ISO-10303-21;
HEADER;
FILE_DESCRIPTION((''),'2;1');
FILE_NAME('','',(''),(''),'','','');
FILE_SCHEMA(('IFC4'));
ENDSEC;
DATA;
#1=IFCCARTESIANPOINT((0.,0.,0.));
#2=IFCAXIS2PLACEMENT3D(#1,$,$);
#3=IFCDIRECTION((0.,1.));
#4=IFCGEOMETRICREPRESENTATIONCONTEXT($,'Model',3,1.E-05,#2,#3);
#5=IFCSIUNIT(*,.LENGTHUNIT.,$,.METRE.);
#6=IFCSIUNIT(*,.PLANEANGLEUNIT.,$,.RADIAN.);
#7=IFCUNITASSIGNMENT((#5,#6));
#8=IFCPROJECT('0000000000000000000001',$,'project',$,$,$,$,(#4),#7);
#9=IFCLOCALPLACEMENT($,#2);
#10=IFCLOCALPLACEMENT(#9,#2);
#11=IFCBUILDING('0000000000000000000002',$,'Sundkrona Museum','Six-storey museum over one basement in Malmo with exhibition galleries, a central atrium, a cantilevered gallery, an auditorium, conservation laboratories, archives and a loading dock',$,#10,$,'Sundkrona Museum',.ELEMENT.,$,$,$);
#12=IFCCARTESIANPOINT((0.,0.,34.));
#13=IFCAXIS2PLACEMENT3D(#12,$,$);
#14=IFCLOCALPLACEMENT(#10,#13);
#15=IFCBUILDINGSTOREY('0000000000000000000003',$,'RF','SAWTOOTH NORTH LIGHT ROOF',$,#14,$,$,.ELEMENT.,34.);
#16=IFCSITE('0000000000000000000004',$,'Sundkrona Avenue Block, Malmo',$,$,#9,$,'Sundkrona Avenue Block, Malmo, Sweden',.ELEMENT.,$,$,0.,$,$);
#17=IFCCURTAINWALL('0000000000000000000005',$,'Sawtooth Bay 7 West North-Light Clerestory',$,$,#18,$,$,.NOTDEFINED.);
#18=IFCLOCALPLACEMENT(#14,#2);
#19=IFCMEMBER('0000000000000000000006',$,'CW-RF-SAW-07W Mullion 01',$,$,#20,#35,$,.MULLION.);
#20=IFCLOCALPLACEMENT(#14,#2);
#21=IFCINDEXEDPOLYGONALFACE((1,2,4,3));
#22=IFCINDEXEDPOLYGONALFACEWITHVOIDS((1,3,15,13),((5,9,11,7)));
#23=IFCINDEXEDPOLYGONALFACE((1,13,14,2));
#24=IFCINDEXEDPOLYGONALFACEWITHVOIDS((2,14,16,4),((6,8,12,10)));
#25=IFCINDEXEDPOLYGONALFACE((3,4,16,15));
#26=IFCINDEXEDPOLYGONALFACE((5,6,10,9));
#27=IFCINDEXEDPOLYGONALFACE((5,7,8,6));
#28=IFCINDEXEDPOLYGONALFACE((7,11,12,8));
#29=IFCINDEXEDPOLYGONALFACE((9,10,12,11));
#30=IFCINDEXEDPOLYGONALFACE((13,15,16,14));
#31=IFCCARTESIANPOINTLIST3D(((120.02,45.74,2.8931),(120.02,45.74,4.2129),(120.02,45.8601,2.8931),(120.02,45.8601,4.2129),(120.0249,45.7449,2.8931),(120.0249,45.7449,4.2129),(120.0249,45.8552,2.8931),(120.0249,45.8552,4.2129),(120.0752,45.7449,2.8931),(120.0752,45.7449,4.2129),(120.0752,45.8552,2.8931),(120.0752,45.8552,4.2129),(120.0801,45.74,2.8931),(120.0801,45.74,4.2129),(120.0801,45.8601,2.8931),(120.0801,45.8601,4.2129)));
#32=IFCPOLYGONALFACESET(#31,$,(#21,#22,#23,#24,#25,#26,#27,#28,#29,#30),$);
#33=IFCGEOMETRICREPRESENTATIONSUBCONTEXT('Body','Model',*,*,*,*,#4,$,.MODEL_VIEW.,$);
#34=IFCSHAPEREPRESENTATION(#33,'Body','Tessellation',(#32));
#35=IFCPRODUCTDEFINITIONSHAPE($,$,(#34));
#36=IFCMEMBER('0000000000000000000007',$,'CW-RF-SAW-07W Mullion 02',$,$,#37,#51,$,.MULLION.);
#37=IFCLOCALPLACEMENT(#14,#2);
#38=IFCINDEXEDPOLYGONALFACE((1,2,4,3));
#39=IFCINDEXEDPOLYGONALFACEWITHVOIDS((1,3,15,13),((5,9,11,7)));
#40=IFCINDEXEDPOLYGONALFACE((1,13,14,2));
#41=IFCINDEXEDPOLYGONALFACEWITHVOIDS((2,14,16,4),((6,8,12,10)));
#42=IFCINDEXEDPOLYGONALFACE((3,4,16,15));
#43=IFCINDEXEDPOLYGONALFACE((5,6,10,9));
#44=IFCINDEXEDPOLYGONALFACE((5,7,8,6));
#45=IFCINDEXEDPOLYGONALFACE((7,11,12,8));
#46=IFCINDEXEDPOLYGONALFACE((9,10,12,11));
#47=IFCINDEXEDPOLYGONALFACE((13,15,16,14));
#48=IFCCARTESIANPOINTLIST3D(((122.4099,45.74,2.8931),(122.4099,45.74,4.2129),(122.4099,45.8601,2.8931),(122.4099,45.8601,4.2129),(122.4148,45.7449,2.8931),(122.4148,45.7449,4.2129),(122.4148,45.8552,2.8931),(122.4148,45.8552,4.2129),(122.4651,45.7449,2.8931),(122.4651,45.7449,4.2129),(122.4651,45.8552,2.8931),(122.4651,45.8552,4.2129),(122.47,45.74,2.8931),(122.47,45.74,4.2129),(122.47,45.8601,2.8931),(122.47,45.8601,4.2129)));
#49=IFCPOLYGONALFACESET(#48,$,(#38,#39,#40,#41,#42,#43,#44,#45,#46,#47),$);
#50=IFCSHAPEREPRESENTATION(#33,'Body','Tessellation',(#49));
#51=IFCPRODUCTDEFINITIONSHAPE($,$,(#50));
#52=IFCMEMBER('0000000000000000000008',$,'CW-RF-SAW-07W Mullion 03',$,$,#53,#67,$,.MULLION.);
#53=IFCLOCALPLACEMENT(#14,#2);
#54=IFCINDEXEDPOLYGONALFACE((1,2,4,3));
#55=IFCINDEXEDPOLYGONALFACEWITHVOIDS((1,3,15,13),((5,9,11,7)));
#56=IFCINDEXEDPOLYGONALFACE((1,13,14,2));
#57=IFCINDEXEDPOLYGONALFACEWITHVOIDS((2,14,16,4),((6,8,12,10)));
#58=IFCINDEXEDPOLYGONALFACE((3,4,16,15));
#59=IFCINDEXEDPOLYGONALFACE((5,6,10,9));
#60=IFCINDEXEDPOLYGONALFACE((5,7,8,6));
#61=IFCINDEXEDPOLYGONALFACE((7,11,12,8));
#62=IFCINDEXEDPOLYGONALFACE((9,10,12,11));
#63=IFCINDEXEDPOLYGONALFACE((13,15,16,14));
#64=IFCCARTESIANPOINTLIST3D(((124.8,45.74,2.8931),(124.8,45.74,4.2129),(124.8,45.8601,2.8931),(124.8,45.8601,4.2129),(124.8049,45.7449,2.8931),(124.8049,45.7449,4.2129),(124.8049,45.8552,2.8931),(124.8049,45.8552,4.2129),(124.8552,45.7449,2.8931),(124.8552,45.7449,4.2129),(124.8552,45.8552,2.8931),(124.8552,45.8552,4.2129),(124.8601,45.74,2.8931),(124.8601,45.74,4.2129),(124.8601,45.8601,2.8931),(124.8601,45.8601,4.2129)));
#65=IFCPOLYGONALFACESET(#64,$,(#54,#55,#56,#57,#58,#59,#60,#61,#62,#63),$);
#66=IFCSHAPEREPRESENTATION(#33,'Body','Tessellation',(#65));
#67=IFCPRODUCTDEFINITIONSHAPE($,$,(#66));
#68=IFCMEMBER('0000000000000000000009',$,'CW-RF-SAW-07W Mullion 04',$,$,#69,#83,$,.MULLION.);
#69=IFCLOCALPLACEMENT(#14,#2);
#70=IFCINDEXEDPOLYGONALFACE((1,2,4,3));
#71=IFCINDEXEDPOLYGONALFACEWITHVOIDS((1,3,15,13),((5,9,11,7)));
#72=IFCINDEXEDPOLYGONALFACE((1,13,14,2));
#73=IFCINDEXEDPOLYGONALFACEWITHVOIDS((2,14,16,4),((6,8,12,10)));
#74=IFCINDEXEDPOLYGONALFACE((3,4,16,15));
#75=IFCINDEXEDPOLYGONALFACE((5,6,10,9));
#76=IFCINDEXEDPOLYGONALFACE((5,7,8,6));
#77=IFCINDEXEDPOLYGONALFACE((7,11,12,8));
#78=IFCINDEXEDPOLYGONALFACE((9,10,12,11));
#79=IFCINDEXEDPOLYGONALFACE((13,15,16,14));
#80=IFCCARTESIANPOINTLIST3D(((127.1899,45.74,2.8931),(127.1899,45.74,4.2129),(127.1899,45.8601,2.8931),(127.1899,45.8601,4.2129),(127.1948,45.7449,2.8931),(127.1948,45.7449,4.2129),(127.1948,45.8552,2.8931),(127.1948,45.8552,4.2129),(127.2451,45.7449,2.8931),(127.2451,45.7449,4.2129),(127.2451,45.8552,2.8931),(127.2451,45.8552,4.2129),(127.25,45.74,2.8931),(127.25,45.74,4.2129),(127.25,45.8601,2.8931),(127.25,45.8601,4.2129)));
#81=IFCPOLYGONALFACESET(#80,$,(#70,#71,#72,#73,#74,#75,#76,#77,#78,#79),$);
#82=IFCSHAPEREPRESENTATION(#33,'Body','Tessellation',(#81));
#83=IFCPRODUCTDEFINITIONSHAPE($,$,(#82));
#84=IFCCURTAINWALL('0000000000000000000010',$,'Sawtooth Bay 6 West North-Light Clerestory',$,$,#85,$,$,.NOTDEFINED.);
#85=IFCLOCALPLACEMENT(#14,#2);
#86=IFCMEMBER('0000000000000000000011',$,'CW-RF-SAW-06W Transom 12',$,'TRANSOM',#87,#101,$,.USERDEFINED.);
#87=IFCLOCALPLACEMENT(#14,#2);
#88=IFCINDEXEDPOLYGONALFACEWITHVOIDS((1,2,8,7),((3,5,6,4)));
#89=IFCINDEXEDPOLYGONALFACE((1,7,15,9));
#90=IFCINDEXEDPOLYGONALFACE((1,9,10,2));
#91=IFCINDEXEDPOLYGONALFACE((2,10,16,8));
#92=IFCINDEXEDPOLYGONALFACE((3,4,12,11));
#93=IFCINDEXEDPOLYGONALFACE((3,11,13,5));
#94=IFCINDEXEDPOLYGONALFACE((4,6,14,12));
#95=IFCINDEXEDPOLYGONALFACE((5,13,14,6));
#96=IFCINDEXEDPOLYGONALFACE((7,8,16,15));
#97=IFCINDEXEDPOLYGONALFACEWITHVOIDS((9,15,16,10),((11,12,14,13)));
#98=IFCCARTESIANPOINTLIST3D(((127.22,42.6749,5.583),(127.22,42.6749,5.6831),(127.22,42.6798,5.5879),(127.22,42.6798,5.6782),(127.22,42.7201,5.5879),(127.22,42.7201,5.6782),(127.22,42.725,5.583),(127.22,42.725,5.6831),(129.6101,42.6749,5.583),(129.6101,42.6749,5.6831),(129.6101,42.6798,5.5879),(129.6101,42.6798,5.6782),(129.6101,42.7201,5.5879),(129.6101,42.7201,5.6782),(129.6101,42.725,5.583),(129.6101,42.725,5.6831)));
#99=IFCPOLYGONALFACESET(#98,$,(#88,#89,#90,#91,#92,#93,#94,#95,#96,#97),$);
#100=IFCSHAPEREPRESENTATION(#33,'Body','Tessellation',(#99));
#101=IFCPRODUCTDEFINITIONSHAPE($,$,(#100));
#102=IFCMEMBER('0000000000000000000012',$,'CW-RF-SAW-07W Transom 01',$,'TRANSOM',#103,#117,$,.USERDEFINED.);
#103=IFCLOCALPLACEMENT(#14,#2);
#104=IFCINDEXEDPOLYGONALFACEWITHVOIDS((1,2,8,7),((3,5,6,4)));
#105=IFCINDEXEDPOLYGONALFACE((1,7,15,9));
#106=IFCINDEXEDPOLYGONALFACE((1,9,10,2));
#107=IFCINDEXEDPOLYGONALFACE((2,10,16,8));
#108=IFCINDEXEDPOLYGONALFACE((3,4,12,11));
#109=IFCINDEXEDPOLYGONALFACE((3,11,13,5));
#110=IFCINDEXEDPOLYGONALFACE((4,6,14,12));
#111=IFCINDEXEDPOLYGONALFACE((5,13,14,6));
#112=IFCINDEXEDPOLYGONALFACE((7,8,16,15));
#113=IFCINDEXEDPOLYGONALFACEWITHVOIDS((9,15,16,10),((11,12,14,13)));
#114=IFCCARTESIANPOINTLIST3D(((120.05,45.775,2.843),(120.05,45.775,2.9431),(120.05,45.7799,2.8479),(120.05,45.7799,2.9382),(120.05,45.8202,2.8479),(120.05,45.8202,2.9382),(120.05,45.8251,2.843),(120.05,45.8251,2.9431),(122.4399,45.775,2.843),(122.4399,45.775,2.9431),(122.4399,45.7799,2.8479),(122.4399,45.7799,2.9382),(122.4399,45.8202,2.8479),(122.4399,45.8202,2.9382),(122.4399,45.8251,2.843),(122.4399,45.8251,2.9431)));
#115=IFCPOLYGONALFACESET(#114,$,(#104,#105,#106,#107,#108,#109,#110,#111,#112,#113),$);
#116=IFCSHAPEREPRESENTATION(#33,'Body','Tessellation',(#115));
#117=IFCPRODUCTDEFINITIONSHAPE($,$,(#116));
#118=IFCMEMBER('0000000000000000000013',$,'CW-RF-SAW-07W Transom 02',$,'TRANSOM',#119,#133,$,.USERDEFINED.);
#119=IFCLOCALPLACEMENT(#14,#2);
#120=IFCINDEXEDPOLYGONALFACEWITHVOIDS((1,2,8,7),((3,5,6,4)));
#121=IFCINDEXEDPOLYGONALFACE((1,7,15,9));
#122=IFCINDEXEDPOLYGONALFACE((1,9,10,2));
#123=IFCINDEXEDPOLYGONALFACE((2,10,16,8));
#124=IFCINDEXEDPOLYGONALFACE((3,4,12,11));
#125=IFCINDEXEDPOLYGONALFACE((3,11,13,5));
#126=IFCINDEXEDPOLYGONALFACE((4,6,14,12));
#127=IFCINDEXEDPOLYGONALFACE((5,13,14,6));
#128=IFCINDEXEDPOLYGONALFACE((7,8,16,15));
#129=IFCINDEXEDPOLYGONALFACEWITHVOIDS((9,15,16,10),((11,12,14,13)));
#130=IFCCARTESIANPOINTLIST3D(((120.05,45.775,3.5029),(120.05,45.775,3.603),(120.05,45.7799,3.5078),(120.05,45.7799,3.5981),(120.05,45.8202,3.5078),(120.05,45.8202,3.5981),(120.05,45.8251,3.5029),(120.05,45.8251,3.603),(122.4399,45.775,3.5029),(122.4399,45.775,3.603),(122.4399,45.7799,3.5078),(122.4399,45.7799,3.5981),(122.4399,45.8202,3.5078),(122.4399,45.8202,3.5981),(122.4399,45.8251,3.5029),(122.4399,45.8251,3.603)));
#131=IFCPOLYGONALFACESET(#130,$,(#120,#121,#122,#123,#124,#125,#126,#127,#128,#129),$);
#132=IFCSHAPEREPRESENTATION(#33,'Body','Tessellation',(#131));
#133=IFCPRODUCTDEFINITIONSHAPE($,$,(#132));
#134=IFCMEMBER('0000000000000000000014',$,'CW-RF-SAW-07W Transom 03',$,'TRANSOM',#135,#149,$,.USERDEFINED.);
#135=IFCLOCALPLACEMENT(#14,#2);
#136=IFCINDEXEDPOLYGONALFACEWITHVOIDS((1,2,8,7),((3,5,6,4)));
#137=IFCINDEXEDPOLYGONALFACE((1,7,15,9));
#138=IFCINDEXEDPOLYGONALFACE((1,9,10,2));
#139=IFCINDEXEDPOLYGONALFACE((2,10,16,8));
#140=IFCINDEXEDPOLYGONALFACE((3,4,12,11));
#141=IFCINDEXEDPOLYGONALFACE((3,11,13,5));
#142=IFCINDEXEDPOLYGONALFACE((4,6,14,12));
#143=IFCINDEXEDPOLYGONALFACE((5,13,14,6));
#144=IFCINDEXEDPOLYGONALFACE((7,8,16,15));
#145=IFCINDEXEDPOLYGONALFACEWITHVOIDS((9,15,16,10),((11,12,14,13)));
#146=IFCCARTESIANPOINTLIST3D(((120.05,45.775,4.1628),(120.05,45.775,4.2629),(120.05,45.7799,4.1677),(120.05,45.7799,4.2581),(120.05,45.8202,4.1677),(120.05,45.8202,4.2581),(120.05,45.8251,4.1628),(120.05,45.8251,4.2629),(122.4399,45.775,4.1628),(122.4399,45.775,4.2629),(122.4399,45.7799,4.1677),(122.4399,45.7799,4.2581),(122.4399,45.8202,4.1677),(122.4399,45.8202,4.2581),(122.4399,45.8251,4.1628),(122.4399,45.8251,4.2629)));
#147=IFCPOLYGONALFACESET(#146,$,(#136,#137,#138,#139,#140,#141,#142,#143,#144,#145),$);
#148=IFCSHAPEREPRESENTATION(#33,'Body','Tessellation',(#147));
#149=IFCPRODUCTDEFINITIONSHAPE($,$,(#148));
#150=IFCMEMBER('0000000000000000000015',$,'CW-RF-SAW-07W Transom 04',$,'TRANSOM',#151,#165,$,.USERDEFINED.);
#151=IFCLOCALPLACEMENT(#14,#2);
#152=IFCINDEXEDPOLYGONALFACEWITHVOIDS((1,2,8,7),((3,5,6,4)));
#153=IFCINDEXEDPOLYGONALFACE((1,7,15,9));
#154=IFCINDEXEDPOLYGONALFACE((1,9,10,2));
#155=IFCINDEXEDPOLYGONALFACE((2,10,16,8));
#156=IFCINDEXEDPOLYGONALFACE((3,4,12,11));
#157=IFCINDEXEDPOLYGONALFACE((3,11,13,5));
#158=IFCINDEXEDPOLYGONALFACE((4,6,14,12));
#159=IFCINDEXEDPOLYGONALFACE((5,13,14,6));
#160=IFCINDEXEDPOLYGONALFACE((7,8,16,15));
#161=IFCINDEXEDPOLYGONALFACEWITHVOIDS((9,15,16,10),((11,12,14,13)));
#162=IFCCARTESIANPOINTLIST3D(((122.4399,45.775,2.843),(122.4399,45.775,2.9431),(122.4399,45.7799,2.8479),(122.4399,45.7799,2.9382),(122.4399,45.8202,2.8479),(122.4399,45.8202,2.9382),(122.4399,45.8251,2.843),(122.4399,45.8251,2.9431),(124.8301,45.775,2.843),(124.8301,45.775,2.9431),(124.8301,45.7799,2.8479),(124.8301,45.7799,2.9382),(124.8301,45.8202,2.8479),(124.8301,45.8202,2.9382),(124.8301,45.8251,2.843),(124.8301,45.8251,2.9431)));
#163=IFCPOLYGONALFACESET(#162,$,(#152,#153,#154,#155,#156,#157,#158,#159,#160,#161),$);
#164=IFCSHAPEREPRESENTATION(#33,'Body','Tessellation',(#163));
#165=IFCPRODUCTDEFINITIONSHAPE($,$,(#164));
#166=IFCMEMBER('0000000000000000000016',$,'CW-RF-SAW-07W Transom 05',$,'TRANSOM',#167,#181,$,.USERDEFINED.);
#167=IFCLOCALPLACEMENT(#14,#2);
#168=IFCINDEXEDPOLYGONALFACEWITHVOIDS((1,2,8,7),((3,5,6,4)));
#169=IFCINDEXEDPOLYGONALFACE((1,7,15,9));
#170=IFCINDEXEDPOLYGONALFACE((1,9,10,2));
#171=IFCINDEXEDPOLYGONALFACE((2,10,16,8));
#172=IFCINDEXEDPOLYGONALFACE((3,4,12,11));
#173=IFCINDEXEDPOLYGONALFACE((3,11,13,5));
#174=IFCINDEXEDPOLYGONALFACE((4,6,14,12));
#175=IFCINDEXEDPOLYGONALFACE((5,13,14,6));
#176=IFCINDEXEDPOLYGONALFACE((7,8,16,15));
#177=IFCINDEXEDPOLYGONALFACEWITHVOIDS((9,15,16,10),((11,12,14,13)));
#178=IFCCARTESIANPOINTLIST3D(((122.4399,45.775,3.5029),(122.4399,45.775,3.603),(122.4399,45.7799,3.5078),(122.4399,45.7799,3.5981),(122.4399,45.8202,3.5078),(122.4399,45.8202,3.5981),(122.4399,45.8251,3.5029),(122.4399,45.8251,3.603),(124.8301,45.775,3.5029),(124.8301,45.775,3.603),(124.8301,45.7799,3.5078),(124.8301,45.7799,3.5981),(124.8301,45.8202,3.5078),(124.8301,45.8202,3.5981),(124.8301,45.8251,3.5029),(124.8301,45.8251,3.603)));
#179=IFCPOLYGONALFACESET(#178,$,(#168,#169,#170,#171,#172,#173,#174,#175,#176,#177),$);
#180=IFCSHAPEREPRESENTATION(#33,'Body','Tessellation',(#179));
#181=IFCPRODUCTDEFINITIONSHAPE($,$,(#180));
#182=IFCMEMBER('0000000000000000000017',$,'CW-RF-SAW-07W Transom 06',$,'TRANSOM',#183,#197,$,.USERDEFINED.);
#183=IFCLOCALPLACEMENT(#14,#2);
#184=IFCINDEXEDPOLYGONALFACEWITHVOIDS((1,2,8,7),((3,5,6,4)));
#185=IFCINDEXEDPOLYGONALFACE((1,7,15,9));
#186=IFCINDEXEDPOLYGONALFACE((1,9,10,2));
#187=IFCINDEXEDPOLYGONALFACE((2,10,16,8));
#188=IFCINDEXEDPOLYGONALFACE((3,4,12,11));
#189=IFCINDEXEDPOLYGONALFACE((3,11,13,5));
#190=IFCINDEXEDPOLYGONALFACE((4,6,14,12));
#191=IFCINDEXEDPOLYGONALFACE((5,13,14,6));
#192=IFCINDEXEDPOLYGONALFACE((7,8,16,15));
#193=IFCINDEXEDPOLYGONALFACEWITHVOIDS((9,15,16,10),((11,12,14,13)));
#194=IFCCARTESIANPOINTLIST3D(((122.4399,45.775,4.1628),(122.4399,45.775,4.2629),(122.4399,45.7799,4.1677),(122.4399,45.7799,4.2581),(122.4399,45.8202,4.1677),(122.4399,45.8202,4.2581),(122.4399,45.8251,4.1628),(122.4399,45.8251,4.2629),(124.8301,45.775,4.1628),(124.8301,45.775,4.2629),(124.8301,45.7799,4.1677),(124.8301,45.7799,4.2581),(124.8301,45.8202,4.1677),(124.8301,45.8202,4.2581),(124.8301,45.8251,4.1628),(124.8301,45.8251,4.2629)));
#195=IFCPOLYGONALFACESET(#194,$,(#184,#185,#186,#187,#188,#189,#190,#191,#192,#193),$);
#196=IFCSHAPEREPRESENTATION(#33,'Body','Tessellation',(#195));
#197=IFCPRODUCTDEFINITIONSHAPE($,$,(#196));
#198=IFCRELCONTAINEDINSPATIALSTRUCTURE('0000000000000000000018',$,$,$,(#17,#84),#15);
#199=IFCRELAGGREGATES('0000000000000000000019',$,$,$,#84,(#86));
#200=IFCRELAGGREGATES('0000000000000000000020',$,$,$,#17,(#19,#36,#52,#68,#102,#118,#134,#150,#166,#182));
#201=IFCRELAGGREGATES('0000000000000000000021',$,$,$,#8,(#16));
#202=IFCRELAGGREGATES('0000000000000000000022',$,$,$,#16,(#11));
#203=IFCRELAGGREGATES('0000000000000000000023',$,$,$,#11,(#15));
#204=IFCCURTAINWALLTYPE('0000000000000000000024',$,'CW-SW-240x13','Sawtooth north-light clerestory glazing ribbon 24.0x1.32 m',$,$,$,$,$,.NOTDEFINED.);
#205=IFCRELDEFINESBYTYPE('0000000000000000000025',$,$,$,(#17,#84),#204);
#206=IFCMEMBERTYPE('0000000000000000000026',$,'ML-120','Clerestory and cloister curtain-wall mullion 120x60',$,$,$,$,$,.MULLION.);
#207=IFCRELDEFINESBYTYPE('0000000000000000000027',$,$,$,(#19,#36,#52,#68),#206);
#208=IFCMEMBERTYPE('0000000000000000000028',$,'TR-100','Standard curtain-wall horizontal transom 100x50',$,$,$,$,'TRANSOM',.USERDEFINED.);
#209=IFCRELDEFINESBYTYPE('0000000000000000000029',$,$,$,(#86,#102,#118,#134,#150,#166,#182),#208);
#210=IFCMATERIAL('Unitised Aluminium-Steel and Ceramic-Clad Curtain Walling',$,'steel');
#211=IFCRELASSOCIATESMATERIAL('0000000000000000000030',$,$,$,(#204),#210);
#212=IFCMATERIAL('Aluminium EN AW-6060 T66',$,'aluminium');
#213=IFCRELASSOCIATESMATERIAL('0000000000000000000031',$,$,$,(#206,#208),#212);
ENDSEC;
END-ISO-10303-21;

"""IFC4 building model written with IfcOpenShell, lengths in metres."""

from ifc_helpers import new_model, si_unit, direction, frame, origin, origin_2d, place, context, subcontext, project, spatial, hollow_rectangle, extrude, material, material_profile, profile_set, type_object, element, aggregate, save


model = new_model("IFC4")

# Units and contexts
model_context = context("Model", 3, precision=1e-05, world=origin(), true_north=direction((0.0, 1.0)))
body_context = subcontext(model_context, "Body", "Model", "MODEL_VIEW")
ifc_project = project(units=[si_unit("LENGTHUNIT", "METRE"), si_unit("PLANEANGLEUNIT", "RADIAN")], contexts=[model_context])

# Site, building, storey
site_placement = place(None, origin())
site = spatial("IfcSite", under=ifc_project, at=site_placement, Name="Sundkrona Avenue Block, Malmo", LongName="Sundkrona Avenue Block, Malmo, Sweden", CompositionType="ELEMENT", RefElevation=0.0)
building_placement = place(site_placement, origin())
building = spatial("IfcBuilding", under=site, at=building_placement, Name="Sundkrona Museum", Description="Six-storey museum over one basement in Malmo with exhibition galleries, a central atrium, a cantilevered gallery, an auditorium, conservation laboratories, archives and a loading dock", LongName="Sundkrona Museum", CompositionType="ELEMENT")
storey_placement = place(building_placement, frame((0.0, 0.0, 34.0)))
storey = spatial("IfcBuildingStorey", under=building, at=storey_placement, Name="RF", Description="SAWTOOTH NORTH LIGHT ROOF", CompositionType="ELEMENT", Elevation=34.0)

# Curtain wall, members
ifc_material_1 = material(Name="Unitised Aluminium-Steel and Ceramic-Clad Curtain Walling", Category="steel")
curtain_wall_type = type_object("IfcCurtainWallType", Name="CW-SW-240x13", Description="Sawtooth north-light clerestory glazing ribbon 24.0x1.32 m", PredefinedType="NOTDEFINED", material=ifc_material_1)
curtain_wall_1_placement = place(storey_placement, origin())
curtain_wall_1 = element("IfcCurtainWall", 1, at=curtain_wall_1_placement, inside=storey, type_object=curtain_wall_type, Name="Sawtooth Bay 7 West North-Light Clerestory", PredefinedType="NOTDEFINED")
ifc_material_2 = material(Name="Aluminium EN AW-6060 T66", Category="aluminium")
ifc_material_profile_1 = material_profile(ifc_material_2, hollow_rectangle(XDim=0.0601, YDim=0.1201, WallThickness=0.0049, at=origin_2d()), Name="RHS 120x60x5.0")
ifc_profile_set_1 = profile_set([ifc_material_profile_1], Name="Aluminium EN AW-6060 T66")
member_type_1 = type_object("IfcMemberType", Name="ML-120", Description="Clerestory and cloister curtain-wall mullion 120x60", PredefinedType="MULLION", material=ifc_profile_set_1)
member_1_placement = place(storey_placement, frame((120.05, 45.8, 2.8931), z_axis=(0.0, 0.0, 1.0), x_axis=(1.0, 0.0, 0.0)))
member_1 = element("IfcMember", 2, at=member_1_placement, type_object=member_type_1, Name="CW-RF-SAW-07W Mullion 01", PredefinedType="MULLION", context=body_context, shape_type="SweptSolid", body=[
    extrude(hollow_rectangle(XDim=0.0601, YDim=0.1201, WallThickness=0.0049, at=origin_2d()), origin(), (0.0, 0.0, 1.0), 1.3198),
])
member_2_placement = place(storey_placement, frame((122.4399, 45.8, 2.8931), z_axis=(0.0, 0.0, 1.0), x_axis=(1.0, 0.0, 0.0)))
member_2 = element("IfcMember", 3, at=member_2_placement, type_object=member_type_1, Name="CW-RF-SAW-07W Mullion 02", PredefinedType="MULLION", context=body_context, shape_type="SweptSolid", body=[
    extrude(hollow_rectangle(XDim=0.0601, YDim=0.1201, WallThickness=0.0049, at=origin_2d()), origin(), (0.0, 0.0, 1.0), 1.3198),
])
member_3_placement = place(storey_placement, frame((124.8301, 45.8, 2.8931), z_axis=(0.0, 0.0, 1.0), x_axis=(1.0, 0.0, 0.0)))
member_3 = element("IfcMember", 4, at=member_3_placement, type_object=member_type_1, Name="CW-RF-SAW-07W Mullion 03", PredefinedType="MULLION", context=body_context, shape_type="SweptSolid", body=[
    extrude(hollow_rectangle(XDim=0.0601, YDim=0.1201, WallThickness=0.0049, at=origin_2d()), origin(), (0.0, 0.0, 1.0), 1.3198),
])
member_4_placement = place(storey_placement, frame((127.22, 45.8, 2.8931), z_axis=(0.0, 0.0, 1.0), x_axis=(1.0, 0.0, 0.0)))
member_4 = element("IfcMember", 5, at=member_4_placement, type_object=member_type_1, Name="CW-RF-SAW-07W Mullion 04", PredefinedType="MULLION", context=body_context, shape_type="SweptSolid", body=[
    extrude(hollow_rectangle(XDim=0.0601, YDim=0.1201, WallThickness=0.0049, at=origin_2d()), origin(), (0.0, 0.0, 1.0), 1.3198),
])

# Curtain wall, member
curtain_wall_2_placement = place(storey_placement, origin())
curtain_wall_2 = element("IfcCurtainWall", 6, at=curtain_wall_2_placement, inside=storey, type_object=curtain_wall_type, Name="Sawtooth Bay 6 West North-Light Clerestory", PredefinedType="NOTDEFINED")
ifc_material_profile_2 = material_profile(ifc_material_2, hollow_rectangle(XDim=0.05, YDim=0.1001, WallThickness=0.0049, at=origin_2d()), Name="RHS 100x50x5.0")
ifc_profile_set_2 = profile_set([ifc_material_profile_2], Name="Aluminium EN AW-6060 T66")
member_type_2 = type_object("IfcMemberType", Name="TR-100", Description="Standard curtain-wall horizontal transom 100x50", ElementType="TRANSOM", PredefinedType="USERDEFINED", material=ifc_profile_set_2)
member_5_placement = place(storey_placement, frame((127.22, 42.7, 5.6331), z_axis=(1.0, 0.0, 0.0), x_axis=(0.0, 1.0, 0.0)))
member_5 = element("IfcMember", 7, at=member_5_placement, type_object=member_type_2, Name="CW-RF-SAW-06W Transom 12", ObjectType="TRANSOM", PredefinedType="USERDEFINED", context=body_context, shape_type="SweptSolid", body=[
    extrude(hollow_rectangle(XDim=0.05, YDim=0.1001, WallThickness=0.0049, at=origin_2d()), origin(), (0.0, 0.0, 1.0), 2.3901),
])
aggregate(curtain_wall_2, [member_5])

# Members
member_6_placement = place(storey_placement, frame((120.05, 45.8, 2.8931), z_axis=(1.0, 0.0, 0.0), x_axis=(0.0, 1.0, 0.0)))
member_6 = element("IfcMember", 8, at=member_6_placement, type_object=member_type_2, Name="CW-RF-SAW-07W Transom 01", ObjectType="TRANSOM", PredefinedType="USERDEFINED", context=body_context, shape_type="SweptSolid", body=[
    extrude(hollow_rectangle(XDim=0.05, YDim=0.1001, WallThickness=0.0049, at=origin_2d()), origin(), (0.0, 0.0, 1.0), 2.3899),
])
member_7_placement = place(storey_placement, frame((120.05, 45.8, 3.553), z_axis=(1.0, 0.0, 0.0), x_axis=(0.0, 1.0, 0.0)))
member_7 = element("IfcMember", 9, at=member_7_placement, type_object=member_type_2, Name="CW-RF-SAW-07W Transom 02", ObjectType="TRANSOM", PredefinedType="USERDEFINED", context=body_context, shape_type="SweptSolid", body=[
    extrude(hollow_rectangle(XDim=0.05, YDim=0.1001, WallThickness=0.0049, at=origin_2d()), origin(), (0.0, 0.0, 1.0), 2.3899),
])
member_8_placement = place(storey_placement, frame((120.05, 45.8, 4.2129), z_axis=(1.0, 0.0, 0.0), x_axis=(0.0, 1.0, 0.0)))
member_8 = element("IfcMember", 10, at=member_8_placement, type_object=member_type_2, Name="CW-RF-SAW-07W Transom 03", ObjectType="TRANSOM", PredefinedType="USERDEFINED", context=body_context, shape_type="SweptSolid", body=[
    extrude(hollow_rectangle(XDim=0.05, YDim=0.1001, WallThickness=0.0049, at=origin_2d()), origin(), (0.0, 0.0, 1.0), 2.3899),
])
member_9_placement = place(storey_placement, frame((122.4399, 45.8, 2.8931), z_axis=(1.0, 0.0, 0.0), x_axis=(0.0, 1.0, 0.0)))
member_9 = element("IfcMember", 11, at=member_9_placement, type_object=member_type_2, Name="CW-RF-SAW-07W Transom 04", ObjectType="TRANSOM", PredefinedType="USERDEFINED", context=body_context, shape_type="SweptSolid", body=[
    extrude(hollow_rectangle(XDim=0.05, YDim=0.1001, WallThickness=0.0049, at=origin_2d()), origin(), (0.0, 0.0, 1.0), 2.3901),
])
member_10_placement = place(storey_placement, frame((122.4399, 45.8, 3.553), z_axis=(1.0, 0.0, 0.0), x_axis=(0.0, 1.0, 0.0)))
member_10 = element("IfcMember", 12, at=member_10_placement, type_object=member_type_2, Name="CW-RF-SAW-07W Transom 05", ObjectType="TRANSOM", PredefinedType="USERDEFINED", context=body_context, shape_type="SweptSolid", body=[
    extrude(hollow_rectangle(XDim=0.05, YDim=0.1001, WallThickness=0.0049, at=origin_2d()), origin(), (0.0, 0.0, 1.0), 2.3901),
])
member_11_placement = place(storey_placement, frame((122.4399, 45.8, 4.2129), z_axis=(1.0, 0.0, 0.0), x_axis=(0.0, 1.0, 0.0)))
member_11 = element("IfcMember", 13, at=member_11_placement, type_object=member_type_2, Name="CW-RF-SAW-07W Transom 06", ObjectType="TRANSOM", PredefinedType="USERDEFINED", context=body_context, shape_type="SweptSolid", body=[
    extrude(hollow_rectangle(XDim=0.05, YDim=0.1001, WallThickness=0.0049, at=origin_2d()), origin(), (0.0, 0.0, 1.0), 2.3901),
])

aggregate(curtain_wall_1, [member_1, member_2, member_3, member_4, member_6, member_7, member_8, member_9, member_10, member_11])

save(model, "model.ifc")
